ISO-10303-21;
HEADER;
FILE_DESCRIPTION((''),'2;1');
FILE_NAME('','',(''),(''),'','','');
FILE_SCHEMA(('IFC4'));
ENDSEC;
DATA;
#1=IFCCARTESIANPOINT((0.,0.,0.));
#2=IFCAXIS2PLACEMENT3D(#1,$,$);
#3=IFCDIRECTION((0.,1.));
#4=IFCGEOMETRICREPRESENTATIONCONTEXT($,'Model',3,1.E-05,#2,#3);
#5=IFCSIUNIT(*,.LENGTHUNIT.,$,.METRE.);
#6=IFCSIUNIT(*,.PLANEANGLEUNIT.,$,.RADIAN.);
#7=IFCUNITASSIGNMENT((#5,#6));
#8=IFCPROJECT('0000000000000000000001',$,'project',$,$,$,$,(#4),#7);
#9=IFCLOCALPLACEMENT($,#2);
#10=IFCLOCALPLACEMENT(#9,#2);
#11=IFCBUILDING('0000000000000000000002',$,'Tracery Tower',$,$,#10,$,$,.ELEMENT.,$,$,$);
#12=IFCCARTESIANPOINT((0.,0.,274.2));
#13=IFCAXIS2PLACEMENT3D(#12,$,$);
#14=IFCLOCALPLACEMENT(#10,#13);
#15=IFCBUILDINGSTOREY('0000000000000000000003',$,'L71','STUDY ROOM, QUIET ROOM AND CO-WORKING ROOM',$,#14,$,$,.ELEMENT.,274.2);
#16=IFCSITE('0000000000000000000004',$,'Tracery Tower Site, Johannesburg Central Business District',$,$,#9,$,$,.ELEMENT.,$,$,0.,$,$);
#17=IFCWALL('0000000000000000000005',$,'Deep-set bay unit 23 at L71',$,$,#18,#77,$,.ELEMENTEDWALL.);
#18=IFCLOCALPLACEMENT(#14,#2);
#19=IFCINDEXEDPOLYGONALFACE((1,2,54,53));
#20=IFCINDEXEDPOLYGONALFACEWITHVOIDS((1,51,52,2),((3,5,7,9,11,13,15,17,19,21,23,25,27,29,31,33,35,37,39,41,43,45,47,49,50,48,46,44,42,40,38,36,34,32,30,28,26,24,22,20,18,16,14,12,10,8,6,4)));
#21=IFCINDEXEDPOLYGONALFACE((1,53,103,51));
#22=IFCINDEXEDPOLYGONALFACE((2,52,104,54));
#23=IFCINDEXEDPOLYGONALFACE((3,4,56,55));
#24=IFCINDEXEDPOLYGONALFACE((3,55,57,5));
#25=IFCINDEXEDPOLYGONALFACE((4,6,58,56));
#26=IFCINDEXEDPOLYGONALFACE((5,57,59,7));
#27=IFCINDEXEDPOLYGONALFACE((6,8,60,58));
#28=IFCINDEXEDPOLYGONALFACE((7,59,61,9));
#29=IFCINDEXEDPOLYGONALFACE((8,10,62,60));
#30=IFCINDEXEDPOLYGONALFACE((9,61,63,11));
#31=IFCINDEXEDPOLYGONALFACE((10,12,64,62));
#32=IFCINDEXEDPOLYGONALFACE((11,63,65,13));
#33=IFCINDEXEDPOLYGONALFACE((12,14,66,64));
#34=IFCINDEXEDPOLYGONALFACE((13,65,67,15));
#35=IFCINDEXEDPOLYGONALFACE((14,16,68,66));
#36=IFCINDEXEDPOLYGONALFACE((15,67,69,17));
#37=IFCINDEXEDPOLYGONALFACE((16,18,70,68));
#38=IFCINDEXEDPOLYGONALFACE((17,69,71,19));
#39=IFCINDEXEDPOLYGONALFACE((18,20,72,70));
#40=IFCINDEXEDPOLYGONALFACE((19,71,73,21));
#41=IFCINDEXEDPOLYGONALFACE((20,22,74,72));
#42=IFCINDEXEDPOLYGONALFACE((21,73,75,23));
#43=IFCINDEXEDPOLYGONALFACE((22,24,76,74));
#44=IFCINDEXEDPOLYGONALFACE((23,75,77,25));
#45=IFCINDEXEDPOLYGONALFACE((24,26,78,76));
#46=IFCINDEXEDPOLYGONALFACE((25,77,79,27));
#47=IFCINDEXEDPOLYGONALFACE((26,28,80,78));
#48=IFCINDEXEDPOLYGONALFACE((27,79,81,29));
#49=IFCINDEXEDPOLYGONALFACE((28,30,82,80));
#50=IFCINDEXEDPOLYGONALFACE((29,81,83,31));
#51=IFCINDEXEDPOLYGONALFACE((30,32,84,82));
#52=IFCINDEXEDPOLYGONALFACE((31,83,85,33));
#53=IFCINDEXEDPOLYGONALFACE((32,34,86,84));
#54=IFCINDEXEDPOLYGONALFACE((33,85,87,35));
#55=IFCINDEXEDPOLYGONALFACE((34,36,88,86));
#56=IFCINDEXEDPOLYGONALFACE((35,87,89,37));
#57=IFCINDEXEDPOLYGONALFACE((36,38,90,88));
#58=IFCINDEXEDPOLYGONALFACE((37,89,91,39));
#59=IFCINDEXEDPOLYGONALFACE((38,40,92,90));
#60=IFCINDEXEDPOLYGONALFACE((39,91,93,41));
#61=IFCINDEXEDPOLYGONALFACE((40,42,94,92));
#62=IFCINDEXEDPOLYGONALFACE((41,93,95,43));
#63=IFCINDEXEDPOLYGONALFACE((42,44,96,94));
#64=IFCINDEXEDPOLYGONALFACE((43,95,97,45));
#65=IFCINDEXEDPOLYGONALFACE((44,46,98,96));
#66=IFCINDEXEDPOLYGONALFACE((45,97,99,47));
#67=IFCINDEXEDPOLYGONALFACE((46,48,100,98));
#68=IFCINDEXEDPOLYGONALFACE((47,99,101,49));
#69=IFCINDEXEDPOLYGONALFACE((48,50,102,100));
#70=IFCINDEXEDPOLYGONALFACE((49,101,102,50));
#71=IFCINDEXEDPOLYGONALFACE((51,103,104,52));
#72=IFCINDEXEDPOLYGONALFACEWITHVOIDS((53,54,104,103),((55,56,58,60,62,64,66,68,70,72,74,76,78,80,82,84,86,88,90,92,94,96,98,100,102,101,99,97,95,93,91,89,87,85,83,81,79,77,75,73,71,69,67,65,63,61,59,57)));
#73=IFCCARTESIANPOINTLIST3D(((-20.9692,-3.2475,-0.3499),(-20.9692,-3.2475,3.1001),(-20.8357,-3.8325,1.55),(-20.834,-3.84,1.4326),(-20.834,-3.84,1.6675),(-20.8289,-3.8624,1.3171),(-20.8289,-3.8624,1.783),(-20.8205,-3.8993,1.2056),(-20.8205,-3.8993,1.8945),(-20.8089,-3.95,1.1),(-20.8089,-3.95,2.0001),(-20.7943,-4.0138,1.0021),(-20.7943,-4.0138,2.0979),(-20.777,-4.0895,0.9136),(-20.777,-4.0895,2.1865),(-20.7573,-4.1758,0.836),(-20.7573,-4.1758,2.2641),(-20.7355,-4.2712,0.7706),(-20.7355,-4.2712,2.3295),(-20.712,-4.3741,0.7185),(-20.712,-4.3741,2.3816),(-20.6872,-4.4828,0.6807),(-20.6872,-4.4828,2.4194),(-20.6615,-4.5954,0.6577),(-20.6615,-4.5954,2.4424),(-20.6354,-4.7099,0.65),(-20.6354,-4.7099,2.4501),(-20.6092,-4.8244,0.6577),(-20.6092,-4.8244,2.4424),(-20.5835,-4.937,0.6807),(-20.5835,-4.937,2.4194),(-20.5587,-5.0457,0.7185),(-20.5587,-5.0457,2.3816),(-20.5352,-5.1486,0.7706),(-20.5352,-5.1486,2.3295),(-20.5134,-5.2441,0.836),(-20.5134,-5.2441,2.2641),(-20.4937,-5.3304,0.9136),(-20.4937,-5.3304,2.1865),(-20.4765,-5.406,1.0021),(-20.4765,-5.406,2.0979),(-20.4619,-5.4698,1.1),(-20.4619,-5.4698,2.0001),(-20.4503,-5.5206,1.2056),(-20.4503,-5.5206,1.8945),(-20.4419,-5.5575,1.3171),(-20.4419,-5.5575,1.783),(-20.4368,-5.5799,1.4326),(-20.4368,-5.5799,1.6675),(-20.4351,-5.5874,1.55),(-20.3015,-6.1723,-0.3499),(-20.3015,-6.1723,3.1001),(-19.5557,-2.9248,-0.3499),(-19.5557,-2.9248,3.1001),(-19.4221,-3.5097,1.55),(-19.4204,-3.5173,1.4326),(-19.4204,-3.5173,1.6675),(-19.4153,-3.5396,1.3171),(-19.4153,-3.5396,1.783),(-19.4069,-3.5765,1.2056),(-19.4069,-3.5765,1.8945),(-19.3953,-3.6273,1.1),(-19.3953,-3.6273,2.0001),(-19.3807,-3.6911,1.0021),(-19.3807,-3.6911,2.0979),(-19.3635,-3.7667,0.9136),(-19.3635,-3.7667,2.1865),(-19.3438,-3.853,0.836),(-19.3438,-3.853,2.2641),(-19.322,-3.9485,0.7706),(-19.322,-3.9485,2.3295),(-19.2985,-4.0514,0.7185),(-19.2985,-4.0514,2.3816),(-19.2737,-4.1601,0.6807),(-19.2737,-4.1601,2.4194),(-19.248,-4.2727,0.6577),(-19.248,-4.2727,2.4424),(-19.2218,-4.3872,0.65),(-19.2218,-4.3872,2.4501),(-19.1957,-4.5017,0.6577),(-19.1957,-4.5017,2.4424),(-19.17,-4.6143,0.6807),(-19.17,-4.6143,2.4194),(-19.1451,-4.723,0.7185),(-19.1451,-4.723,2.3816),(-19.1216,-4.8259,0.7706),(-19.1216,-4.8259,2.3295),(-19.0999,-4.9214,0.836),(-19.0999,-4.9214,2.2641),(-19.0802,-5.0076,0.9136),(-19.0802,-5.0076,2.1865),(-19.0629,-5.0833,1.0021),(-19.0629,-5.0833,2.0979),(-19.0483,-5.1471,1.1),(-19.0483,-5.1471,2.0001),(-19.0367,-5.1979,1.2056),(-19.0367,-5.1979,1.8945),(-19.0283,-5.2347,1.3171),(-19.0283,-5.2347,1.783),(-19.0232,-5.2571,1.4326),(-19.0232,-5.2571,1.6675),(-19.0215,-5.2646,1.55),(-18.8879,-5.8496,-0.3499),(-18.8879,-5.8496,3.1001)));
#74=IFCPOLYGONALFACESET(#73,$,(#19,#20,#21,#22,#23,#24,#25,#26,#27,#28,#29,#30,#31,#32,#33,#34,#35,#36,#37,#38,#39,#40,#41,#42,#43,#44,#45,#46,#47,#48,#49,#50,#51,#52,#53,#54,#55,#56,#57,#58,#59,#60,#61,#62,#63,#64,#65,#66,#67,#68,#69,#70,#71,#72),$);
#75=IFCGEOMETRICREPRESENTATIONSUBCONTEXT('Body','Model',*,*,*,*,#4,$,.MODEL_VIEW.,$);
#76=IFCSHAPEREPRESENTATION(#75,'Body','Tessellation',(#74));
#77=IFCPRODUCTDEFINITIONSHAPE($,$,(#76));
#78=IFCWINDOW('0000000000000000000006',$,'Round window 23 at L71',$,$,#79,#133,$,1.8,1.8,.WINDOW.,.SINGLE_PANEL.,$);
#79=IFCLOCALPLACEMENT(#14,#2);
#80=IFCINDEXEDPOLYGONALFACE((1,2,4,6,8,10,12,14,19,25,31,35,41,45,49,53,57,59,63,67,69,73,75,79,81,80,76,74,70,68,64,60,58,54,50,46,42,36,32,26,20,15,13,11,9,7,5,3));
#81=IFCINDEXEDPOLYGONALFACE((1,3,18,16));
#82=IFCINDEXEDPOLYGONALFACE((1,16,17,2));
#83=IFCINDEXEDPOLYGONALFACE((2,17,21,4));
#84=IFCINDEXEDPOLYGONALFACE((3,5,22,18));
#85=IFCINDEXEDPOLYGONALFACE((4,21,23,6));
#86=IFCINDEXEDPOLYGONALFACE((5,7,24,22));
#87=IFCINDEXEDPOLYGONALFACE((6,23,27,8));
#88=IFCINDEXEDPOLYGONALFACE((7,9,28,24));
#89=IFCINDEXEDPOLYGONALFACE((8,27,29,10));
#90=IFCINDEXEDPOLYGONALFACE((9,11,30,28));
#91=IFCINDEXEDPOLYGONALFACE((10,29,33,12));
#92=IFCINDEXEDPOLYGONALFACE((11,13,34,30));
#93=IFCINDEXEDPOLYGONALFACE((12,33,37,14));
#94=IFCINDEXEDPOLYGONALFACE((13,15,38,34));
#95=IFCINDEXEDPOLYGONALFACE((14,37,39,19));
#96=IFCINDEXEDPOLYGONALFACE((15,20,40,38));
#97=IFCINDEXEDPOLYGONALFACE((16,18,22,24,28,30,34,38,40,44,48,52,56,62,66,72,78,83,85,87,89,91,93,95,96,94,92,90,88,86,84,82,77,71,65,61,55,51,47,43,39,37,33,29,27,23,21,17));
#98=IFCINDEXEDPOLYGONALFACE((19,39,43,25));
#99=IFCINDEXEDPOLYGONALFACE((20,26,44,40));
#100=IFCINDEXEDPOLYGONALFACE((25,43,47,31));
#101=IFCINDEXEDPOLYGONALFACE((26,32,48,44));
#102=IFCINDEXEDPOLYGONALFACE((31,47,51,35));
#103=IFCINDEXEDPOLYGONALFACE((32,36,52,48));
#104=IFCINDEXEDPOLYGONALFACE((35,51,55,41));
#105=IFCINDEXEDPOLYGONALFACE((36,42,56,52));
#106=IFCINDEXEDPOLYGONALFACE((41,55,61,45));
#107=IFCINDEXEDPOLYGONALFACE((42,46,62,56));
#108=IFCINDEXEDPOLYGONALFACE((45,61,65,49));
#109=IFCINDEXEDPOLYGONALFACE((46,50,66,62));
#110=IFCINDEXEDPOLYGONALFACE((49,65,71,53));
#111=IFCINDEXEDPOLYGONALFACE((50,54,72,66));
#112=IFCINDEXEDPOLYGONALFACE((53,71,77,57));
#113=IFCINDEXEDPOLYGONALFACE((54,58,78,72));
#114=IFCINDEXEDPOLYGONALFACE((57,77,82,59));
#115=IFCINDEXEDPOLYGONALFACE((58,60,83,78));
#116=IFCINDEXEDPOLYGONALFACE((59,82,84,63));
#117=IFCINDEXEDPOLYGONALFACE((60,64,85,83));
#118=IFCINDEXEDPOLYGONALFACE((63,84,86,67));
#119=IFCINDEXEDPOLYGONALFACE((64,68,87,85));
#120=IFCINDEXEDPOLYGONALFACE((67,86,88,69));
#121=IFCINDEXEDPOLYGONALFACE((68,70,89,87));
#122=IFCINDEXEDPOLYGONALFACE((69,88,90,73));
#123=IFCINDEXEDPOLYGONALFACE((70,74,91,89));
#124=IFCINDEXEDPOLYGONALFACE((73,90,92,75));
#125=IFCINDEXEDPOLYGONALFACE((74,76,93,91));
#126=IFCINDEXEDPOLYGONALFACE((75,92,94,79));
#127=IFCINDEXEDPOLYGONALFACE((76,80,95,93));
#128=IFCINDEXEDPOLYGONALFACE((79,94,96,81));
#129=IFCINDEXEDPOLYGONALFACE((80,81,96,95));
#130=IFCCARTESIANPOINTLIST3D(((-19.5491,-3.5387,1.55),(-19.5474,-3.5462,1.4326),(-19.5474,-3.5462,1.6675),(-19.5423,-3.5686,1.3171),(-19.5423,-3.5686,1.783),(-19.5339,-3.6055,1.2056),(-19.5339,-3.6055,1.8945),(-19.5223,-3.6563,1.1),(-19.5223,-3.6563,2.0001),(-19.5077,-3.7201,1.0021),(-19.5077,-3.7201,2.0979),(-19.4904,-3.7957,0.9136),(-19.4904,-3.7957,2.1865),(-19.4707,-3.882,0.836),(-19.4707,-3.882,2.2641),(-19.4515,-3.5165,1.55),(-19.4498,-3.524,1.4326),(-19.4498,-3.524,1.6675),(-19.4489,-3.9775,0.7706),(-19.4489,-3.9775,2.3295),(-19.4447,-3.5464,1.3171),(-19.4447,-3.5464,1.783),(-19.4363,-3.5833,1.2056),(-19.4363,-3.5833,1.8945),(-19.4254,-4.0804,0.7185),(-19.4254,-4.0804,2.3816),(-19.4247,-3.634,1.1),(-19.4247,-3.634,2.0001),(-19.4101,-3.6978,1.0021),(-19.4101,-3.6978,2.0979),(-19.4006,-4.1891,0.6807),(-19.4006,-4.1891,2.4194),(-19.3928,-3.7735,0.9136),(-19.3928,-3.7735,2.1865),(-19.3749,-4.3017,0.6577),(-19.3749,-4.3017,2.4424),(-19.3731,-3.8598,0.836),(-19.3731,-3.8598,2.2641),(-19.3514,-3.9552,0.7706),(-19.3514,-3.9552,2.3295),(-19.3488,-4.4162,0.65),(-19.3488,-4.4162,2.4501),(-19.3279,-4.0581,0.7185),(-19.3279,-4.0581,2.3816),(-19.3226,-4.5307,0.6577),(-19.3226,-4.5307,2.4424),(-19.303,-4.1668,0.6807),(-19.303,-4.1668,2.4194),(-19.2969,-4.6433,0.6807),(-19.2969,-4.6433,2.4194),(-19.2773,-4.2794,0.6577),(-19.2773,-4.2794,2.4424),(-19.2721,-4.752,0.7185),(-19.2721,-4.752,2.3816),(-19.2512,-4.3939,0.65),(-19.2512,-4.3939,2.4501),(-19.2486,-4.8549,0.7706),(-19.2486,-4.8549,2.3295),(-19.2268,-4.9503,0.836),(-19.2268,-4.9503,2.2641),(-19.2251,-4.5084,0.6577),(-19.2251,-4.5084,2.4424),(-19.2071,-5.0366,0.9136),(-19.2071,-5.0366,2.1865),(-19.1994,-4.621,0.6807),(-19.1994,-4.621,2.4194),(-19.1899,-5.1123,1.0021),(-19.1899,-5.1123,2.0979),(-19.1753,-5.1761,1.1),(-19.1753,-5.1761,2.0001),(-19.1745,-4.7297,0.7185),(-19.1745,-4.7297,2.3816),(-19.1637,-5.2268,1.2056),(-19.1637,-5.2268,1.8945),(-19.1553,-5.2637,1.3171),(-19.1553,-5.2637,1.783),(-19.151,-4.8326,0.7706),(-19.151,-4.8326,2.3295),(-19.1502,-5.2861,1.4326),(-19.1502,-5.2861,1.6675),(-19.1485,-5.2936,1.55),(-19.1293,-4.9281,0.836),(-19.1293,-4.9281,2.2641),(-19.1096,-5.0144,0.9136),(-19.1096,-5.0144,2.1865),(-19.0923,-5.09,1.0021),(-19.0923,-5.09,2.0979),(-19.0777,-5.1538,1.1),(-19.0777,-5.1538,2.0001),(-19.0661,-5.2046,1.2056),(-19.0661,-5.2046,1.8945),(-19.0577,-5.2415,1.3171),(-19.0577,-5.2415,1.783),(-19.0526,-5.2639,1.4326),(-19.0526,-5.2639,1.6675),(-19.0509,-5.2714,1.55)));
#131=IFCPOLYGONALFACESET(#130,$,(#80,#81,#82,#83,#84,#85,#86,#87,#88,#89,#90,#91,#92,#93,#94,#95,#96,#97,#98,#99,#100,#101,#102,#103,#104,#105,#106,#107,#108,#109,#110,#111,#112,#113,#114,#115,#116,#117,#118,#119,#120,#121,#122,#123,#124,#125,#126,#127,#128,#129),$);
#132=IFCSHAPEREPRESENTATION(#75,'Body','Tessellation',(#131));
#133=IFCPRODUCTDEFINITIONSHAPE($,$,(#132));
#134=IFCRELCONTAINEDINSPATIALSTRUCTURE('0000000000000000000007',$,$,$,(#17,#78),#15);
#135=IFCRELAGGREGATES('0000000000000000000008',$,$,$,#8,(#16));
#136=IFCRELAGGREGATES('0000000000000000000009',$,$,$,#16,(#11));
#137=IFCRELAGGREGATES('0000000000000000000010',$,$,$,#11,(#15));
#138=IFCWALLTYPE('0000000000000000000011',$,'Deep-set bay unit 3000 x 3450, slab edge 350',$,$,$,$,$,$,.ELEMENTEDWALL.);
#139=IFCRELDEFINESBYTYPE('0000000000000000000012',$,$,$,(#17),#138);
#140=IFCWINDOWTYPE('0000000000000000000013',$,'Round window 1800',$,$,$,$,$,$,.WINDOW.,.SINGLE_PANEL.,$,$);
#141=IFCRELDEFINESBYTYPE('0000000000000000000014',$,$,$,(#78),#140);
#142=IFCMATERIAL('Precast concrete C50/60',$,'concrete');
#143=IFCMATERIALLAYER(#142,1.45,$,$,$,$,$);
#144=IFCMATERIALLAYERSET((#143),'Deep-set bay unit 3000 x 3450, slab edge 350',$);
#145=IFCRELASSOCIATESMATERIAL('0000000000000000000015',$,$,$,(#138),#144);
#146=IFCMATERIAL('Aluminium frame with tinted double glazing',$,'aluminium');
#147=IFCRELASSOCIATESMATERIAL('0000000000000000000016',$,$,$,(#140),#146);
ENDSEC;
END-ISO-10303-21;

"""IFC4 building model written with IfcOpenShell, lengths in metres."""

from ifc_helpers import new_model, si_unit, direction, frame, frame_2d, origin, origin_2d, place, context, subcontext, project, spatial, rectangle, circle, extrude, material, layer, layer_set, type_object, element, fill, save


model = new_model("IFC4")

# Units and contexts
model_context = context("Model", 3, precision=1e-05, world=origin(), true_north=direction((0.0, 1.0)))
body_context = subcontext(model_context, "Body", "Model", "MODEL_VIEW")
ifc_project = project(units=[si_unit("LENGTHUNIT", "METRE"), si_unit("PLANEANGLEUNIT", "RADIAN")], contexts=[model_context])

# Site, building, storey
site_placement = place(None, origin())
site = spatial("IfcSite", under=ifc_project, at=site_placement, Name="Tracery Tower Site, Johannesburg Central Business District", CompositionType="ELEMENT", RefElevation=0.0)
building_placement = place(site_placement, origin())
building = spatial("IfcBuilding", under=site, at=building_placement, Name="Tracery Tower", CompositionType="ELEMENT")
storey_placement = place(building_placement, frame((0.0, 0.0, 274.2)))
storey = spatial("IfcBuildingStorey", under=building, at=storey_placement, Name="L71", Description="STUDY ROOM, QUIET ROOM AND CO-WORKING ROOM", CompositionType="ELEMENT", Elevation=274.2)

# Wall, opening, window
ifc_material_1 = material(Name="Precast concrete C50/60", Category="concrete")
ifc_layer_1 = layer(ifc_material_1, 1.45)
ifc_layer_set_1 = layer_set([ifc_layer_1], Name="Deep-set bay unit 3000 x 3450, slab edge 350")
wall_type_1 = type_object("IfcWallType", Name="Deep-set bay unit 3000 x 3450, slab edge 350", PredefinedType="ELEMENTEDWALL", material=ifc_layer_set_1)
wall_1_placement = place(storey_placement, frame((-20.2625, -3.0862, -0.3499), z_axis=(0.0, 0.0, 1.0), x_axis=(0.222571, -0.974917, 0.0)))
wall_1 = element("IfcWall", 1, at=wall_1_placement, inside=storey, type_object=wall_type_1, Name="Deep-set bay unit 23 at L71", PredefinedType="ELEMENTEDWALL", context=body_context, shape_type="SweptSolid", body=[
    extrude(rectangle(XDim=3.0, YDim=1.45, at=frame_2d((1.5, 0.0))), origin(), (0.0, 0.0, 1.0), 3.45),
])
opening_1_placement = place(wall_1_placement, frame((1.5, 0.0, 1.8999)))
opening_1 = element("IfcOpeningElement", 2, at=opening_1_placement, cuts=wall_1, PredefinedType="OPENING", context=body_context, shape_type="SweptSolid", body=[
    extrude(circle(Radius=0.9, at=origin_2d()), frame((0.0, 0.7349, 0.0), z_axis=(0.0, -1.0, 0.0), x_axis=(1.0, 0.0, 0.0)), (0.0, 0.0, 1.0), 1.47),
])
ifc_material_2 = material(Name="Aluminium frame with tinted double glazing", Category="aluminium")
window_type = type_object("IfcWindowType", Name="Round window 1800", PartitioningType="SINGLE_PANEL", PredefinedType="WINDOW", material=ifc_material_2)
window_1_placement = place(opening_1_placement, origin())
window_1 = element("IfcWindow", 3, at=window_1_placement, inside=storey, type_object=window_type, Name="Round window 23 at L71", OverallHeight=1.8, OverallWidth=1.8, PartitioningType="SINGLE_PANEL", PredefinedType="WINDOW", context=body_context, shape_type="SweptSolid", body=[
    extrude(circle(Radius=0.9, at=origin_2d()), frame((0.0, 0.6948, 0.0), z_axis=(0.0, -1.0, 0.0), x_axis=(1.0, 0.0, 0.0)), (0.0, 0.0, 1.0), 0.1001),
])
fill(opening_1, window_1)

save(model, "model.ifc")
